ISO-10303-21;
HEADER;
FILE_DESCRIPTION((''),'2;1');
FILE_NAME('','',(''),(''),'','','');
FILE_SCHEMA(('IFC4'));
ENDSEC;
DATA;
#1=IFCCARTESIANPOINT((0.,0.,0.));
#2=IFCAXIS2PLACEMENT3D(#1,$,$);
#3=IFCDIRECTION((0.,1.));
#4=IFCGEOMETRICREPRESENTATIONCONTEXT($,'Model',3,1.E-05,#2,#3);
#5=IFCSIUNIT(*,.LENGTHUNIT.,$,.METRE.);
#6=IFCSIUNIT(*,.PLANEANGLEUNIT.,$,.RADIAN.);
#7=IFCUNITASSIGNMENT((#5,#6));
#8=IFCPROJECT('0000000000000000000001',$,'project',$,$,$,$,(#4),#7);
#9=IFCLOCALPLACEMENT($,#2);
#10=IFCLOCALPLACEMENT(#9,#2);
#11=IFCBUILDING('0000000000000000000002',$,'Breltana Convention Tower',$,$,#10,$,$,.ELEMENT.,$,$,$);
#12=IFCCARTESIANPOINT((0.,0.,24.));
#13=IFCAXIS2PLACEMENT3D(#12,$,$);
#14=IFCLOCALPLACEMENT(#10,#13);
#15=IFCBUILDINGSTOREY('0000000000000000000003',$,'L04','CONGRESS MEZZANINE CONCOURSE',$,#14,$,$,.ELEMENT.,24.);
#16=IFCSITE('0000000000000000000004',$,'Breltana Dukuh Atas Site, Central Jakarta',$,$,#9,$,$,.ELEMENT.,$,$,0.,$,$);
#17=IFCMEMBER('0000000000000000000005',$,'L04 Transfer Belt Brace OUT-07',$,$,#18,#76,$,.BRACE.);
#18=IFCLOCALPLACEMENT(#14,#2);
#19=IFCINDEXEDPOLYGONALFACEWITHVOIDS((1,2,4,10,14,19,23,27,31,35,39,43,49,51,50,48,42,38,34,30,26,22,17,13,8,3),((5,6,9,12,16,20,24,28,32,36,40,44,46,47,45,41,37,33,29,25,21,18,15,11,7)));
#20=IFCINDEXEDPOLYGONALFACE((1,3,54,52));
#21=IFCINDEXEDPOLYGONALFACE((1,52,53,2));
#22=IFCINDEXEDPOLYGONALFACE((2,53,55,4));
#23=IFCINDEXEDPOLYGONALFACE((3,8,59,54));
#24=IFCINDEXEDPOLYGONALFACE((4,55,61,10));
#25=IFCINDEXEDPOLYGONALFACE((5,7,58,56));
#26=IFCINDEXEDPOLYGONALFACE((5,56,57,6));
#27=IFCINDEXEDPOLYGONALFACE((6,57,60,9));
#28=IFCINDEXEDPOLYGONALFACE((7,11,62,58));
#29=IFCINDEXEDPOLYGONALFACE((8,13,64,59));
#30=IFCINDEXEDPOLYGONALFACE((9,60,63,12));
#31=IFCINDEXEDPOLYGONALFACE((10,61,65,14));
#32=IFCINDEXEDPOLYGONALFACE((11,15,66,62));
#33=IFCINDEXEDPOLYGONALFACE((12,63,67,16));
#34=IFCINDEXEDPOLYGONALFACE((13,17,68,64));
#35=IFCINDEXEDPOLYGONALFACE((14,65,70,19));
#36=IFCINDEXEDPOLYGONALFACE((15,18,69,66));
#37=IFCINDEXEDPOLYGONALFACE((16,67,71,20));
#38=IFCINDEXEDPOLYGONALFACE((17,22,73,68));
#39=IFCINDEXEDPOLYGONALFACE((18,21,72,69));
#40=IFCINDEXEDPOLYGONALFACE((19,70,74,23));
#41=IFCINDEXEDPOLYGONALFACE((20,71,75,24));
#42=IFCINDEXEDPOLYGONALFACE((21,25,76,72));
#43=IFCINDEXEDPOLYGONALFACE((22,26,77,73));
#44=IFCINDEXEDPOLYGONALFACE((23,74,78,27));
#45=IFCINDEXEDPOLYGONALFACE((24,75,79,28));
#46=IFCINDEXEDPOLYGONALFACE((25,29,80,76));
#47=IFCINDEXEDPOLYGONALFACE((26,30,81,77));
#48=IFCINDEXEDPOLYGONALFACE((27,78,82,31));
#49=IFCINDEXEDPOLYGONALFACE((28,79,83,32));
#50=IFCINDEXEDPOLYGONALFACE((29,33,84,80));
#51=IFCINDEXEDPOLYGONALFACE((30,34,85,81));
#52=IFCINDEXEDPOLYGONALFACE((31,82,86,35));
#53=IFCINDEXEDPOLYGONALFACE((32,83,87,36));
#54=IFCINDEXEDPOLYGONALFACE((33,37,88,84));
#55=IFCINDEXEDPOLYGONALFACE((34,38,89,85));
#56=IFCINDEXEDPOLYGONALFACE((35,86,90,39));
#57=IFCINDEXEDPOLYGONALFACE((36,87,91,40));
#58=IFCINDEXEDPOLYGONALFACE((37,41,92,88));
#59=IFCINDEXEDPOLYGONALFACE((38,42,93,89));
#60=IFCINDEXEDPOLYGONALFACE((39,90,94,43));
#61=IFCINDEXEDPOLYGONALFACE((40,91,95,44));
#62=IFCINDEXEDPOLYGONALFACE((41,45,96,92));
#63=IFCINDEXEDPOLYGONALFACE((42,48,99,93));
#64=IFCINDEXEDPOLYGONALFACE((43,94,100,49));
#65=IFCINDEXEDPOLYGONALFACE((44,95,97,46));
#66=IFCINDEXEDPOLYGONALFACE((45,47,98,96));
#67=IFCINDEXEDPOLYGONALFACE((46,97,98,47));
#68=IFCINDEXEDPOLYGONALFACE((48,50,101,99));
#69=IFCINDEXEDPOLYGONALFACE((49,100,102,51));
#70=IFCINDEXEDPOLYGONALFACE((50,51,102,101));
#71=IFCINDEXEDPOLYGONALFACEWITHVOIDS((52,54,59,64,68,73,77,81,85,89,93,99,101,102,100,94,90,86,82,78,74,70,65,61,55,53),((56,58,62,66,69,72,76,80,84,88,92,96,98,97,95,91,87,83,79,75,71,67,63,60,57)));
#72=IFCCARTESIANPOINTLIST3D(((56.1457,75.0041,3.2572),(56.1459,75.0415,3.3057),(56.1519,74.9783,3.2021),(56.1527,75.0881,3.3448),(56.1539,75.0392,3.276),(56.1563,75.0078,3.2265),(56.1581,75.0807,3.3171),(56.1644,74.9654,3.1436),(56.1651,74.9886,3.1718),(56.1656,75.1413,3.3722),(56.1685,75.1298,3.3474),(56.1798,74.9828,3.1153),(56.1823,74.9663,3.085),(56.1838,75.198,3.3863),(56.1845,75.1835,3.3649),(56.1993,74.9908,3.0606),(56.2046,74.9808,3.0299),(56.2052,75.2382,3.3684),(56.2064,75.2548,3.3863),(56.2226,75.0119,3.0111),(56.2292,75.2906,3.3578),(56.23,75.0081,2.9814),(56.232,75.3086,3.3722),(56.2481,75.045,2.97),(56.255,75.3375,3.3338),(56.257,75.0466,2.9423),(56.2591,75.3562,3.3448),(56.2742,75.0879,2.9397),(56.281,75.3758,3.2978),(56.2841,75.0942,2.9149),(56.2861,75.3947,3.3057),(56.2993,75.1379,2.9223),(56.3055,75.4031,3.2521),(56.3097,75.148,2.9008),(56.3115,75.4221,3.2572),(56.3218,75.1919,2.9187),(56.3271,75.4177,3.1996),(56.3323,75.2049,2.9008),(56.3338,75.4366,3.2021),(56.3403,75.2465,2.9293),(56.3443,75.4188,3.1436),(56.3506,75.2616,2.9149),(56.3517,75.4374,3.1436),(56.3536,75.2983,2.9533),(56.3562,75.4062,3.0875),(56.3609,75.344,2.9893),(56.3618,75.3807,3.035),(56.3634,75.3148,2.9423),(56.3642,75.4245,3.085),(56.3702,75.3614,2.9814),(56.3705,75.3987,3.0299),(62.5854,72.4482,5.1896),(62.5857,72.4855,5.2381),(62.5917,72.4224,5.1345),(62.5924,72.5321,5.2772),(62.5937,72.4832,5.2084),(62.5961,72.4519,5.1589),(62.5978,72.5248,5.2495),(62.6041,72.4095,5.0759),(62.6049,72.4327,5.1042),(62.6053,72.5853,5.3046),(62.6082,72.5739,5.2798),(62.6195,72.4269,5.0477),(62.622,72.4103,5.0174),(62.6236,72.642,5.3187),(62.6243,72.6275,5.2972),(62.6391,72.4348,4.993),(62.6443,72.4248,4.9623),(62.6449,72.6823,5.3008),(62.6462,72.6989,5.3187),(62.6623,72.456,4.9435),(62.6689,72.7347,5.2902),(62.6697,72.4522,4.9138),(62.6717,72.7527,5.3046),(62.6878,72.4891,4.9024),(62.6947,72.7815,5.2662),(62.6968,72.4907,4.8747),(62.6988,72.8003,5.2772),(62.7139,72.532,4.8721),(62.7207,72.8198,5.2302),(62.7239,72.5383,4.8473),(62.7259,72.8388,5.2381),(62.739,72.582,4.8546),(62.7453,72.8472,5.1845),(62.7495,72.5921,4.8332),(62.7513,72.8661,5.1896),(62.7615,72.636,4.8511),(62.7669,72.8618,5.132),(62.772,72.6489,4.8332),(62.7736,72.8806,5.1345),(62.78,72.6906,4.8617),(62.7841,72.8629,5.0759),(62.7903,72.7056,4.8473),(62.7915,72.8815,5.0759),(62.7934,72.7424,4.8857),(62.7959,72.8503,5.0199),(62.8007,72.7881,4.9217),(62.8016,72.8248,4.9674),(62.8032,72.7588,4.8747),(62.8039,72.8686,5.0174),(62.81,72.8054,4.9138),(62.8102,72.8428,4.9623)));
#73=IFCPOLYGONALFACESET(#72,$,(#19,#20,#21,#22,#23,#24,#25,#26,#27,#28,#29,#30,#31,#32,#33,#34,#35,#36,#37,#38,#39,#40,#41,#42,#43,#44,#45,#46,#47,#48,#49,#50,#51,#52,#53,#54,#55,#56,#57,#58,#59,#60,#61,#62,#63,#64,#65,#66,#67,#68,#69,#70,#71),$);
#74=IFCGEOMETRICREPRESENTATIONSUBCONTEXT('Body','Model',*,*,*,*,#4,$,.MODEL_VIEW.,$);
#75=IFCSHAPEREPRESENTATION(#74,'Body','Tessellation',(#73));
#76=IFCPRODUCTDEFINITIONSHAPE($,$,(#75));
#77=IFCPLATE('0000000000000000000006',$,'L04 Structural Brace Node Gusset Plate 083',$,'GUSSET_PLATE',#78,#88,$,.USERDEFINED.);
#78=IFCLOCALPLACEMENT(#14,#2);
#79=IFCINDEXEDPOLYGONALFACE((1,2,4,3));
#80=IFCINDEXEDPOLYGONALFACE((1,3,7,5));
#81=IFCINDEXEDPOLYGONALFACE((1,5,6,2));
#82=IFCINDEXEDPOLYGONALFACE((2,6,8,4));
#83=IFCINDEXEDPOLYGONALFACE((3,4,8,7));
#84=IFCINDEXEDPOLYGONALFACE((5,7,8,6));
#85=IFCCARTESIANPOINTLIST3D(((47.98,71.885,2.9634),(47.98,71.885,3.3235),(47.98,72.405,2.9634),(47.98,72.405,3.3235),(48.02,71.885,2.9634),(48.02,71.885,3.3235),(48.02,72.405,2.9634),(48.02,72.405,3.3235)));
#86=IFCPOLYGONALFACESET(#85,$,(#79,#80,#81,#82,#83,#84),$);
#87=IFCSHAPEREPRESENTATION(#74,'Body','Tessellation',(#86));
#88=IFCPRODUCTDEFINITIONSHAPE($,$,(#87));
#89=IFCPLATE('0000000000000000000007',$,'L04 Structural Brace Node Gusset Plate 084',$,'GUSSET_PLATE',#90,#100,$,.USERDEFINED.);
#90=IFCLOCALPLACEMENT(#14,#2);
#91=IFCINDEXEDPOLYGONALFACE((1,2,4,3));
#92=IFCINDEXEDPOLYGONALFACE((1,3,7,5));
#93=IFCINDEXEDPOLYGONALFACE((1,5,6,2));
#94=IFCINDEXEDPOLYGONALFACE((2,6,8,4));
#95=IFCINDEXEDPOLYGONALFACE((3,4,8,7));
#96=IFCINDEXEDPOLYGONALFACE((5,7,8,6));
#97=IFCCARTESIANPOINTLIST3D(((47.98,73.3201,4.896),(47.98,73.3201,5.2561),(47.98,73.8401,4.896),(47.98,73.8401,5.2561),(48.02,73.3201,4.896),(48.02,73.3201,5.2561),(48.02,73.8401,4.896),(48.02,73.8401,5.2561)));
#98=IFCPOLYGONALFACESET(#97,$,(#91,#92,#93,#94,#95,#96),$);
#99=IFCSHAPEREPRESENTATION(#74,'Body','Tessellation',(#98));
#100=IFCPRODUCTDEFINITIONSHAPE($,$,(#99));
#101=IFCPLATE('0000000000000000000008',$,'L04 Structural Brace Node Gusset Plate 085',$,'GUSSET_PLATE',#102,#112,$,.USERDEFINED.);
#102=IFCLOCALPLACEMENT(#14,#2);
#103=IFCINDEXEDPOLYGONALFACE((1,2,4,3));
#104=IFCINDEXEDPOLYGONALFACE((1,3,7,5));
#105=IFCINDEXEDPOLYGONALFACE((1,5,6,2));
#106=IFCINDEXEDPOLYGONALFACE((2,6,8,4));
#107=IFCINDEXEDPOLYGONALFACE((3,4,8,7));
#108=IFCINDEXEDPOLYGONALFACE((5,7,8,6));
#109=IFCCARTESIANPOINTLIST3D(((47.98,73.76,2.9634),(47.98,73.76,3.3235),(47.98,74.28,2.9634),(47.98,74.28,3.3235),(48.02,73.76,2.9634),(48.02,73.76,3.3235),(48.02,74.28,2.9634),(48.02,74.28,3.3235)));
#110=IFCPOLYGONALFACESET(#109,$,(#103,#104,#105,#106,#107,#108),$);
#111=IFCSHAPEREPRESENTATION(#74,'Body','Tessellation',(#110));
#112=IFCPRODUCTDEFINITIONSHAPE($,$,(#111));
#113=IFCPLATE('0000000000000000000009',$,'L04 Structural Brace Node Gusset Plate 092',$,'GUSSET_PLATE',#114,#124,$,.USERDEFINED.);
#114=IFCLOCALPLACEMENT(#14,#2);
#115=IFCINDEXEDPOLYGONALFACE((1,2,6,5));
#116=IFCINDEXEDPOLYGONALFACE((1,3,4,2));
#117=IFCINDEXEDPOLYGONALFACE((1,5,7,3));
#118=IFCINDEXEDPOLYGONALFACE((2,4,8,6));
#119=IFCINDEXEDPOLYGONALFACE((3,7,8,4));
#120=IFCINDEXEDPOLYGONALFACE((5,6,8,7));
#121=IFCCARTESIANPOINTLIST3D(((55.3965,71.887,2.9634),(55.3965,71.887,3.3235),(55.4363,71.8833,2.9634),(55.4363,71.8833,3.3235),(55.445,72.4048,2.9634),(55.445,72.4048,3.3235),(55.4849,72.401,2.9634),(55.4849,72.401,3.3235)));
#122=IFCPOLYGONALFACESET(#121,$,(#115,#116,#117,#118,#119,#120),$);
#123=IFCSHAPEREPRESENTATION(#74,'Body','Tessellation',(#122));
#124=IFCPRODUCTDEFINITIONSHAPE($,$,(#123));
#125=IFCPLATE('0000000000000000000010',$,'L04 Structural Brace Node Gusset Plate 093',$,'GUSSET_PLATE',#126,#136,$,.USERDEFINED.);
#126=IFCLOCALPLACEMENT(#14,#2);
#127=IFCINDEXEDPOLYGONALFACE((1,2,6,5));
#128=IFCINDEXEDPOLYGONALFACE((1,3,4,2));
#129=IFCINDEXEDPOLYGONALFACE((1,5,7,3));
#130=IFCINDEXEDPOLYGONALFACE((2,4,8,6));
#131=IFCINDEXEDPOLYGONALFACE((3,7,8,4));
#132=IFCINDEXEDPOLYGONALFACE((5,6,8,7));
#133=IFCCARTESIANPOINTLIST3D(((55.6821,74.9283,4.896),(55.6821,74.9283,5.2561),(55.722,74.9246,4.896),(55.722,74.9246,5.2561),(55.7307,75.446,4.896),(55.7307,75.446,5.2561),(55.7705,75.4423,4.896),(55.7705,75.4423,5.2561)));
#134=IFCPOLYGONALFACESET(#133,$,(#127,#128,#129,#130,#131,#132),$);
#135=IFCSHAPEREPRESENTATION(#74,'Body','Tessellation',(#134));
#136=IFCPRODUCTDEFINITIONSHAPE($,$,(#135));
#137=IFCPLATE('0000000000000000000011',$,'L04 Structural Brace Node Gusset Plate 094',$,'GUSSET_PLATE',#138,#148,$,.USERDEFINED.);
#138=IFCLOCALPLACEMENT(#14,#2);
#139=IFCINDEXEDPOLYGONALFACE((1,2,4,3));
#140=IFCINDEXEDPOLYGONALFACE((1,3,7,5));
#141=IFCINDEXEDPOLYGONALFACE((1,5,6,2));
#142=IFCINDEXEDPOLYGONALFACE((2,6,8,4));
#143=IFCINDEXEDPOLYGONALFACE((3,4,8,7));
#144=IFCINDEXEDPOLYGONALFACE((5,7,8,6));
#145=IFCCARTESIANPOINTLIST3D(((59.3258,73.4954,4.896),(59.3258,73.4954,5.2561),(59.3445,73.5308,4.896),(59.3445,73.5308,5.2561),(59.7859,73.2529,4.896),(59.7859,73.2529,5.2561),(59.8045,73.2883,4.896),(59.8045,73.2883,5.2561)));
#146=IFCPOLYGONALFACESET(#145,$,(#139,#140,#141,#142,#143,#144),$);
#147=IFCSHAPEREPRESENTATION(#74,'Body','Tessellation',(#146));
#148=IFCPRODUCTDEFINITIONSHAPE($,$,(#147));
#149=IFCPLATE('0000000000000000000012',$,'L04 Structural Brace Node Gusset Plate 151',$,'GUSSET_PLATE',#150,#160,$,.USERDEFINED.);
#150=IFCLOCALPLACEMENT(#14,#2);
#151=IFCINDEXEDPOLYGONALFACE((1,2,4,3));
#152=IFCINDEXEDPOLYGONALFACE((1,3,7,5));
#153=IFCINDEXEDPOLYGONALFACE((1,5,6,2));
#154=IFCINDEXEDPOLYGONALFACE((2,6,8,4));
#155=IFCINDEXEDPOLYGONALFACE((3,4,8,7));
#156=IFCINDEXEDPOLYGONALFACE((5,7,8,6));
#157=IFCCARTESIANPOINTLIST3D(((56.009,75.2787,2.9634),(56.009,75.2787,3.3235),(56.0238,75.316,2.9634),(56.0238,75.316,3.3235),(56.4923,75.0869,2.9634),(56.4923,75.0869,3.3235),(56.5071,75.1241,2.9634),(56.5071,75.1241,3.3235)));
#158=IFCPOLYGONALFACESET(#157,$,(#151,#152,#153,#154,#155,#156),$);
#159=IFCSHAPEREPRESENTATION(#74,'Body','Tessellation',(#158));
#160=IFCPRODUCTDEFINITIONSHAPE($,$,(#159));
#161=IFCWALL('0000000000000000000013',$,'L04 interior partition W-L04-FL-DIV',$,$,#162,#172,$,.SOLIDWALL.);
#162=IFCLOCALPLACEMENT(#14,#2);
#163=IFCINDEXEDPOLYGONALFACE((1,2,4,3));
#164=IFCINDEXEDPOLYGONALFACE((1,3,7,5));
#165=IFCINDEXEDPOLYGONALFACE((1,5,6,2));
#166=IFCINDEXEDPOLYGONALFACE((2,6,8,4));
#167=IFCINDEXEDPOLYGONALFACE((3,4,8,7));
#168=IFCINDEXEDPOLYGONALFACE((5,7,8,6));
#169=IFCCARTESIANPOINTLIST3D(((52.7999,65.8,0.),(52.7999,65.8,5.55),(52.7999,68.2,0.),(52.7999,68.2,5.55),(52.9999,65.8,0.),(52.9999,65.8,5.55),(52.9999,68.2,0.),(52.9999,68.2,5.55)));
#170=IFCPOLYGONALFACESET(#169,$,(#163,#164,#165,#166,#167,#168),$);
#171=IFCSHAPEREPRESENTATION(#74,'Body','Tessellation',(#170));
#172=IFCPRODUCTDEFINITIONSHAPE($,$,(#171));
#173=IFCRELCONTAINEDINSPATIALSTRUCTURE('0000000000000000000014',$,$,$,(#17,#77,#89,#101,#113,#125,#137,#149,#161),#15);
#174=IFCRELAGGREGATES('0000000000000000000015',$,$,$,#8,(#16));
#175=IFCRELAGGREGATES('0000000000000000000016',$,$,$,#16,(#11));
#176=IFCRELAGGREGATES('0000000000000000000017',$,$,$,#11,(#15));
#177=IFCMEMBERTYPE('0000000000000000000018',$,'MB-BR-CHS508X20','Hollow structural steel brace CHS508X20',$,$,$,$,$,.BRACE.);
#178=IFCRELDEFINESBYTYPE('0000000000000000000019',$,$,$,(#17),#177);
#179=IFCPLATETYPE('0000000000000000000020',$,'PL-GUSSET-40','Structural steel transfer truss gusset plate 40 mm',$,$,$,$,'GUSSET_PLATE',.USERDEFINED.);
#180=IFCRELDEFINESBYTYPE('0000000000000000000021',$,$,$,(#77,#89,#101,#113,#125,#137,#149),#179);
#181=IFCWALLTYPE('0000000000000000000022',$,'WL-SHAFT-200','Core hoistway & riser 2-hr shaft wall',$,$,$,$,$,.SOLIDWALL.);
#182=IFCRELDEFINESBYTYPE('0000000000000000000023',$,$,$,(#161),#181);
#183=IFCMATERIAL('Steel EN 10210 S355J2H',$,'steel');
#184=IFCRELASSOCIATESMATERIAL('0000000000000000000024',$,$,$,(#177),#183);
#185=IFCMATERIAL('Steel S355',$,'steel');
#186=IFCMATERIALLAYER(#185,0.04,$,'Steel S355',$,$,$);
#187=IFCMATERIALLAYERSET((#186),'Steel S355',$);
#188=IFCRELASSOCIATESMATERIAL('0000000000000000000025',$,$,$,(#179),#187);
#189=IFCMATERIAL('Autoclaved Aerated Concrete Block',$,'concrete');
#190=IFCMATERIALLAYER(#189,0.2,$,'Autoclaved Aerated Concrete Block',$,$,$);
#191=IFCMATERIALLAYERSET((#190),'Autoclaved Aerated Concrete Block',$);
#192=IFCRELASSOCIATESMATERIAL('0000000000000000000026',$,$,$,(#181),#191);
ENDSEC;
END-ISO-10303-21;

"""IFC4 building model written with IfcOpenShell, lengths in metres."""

from ifc_helpers import new_model, si_unit, direction, frame, frame_2d, origin, origin_2d, place, context, subcontext, project, spatial, rectangle, hollow_circle, extrude, source, transform, mapped, material, layer, layer_set, material_profile, profile_set, type_object, element, save


model = new_model("IFC4")

# Units and contexts
model_context = context("Model", 3, precision=1e-05, world=origin(), true_north=direction((0.0, 1.0)))
body_context = subcontext(model_context, "Body", "Model", "MODEL_VIEW")
ifc_project = project(units=[si_unit("LENGTHUNIT", "METRE"), si_unit("PLANEANGLEUNIT", "RADIAN")], contexts=[model_context])

# Site, building, storey
site_placement = place(None, origin())
site = spatial("IfcSite", under=ifc_project, at=site_placement, Name="Breltana Dukuh Atas Site, Central Jakarta", CompositionType="ELEMENT", RefElevation=0.0)
building_placement = place(site_placement, origin())
building = spatial("IfcBuilding", under=site, at=building_placement, Name="Breltana Convention Tower", CompositionType="ELEMENT")
storey_placement = place(building_placement, frame((0.0, 0.0, 24.0)))
storey = spatial("IfcBuildingStorey", under=building, at=storey_placement, Name="L04", Description="CONGRESS MEZZANINE CONCOURSE", CompositionType="ELEMENT", Elevation=24.0)

# Member
ifc_material_1 = material(Name="Steel EN 10210 S355J2H", Category="steel")
ifc_material_profile_1 = material_profile(ifc_material_1, hollow_circle(Radius=0.2539, WallThickness=0.02, at=origin_2d()), Name="CHS508X20")
ifc_profile_set_1 = profile_set([ifc_material_profile_1], Name="Steel EN 10210 S355J2H")
member_type_1 = type_object("IfcMemberType", Name="MB-BR-CHS508X20", Description="Hollow structural steel brace CHS508X20", PredefinedType="BRACE", material=ifc_profile_set_1)
shared_shape_1 = source(origin(), body_context, "Body", "SweptSolid", [
    extrude(hollow_circle(Radius=0.2539, WallThickness=0.02, at=origin_2d()), origin(), (0.0, 0.0, 1.0), 7.1929),
])
member_1_placement = place(storey_placement, frame((56.2581, 75.2014, 3.1436), z_axis=(0.895297, -0.355342, 0.268654), x_axis=(0.368904, 0.929467, 0.0)))
element("IfcMember", 1, at=member_1_placement, inside=storey, type_object=member_type_1, Name="L04 Transfer Belt Brace OUT-07", PredefinedType="BRACE", context=body_context, shape_type="MappedRepresentation", body=[
    mapped(shared_shape_1, transform((0.0, 0.0, 0.0), scale=1.0)),
])

# Plates
ifc_material_2 = material(Name="Steel S355", Category="steel")
ifc_layer_1 = layer(ifc_material_2, 0.04, Name="Steel S355")
ifc_layer_set_1 = layer_set([ifc_layer_1], Name="Steel S355")
plate_type = type_object("IfcPlateType", Name="PL-GUSSET-40", Description="Structural steel transfer truss gusset plate 40 mm", ElementType="GUSSET_PLATE", PredefinedType="USERDEFINED", material=ifc_layer_set_1)
shared_shape_2 = source(origin(), body_context, "Body", "SweptSolid", [
    extrude(rectangle(XDim=0.52, YDim=0.04, at=origin_2d()), origin(), (0.0, 0.0, 1.0), 0.3601),
])
for number, where, z_axis, x_axis, name in (
    (2, (48.0, 72.145, 2.9634), (0.0, 0.0, 1.0), (0.0, 1.0, 0.0), "L04 Structural Brace Node Gusset Plate 083"),
    (3, (48.0, 73.5801, 4.896), (0.0, 0.0, 1.0), (0.0, 1.0, 0.0), "L04 Structural Brace Node Gusset Plate 084"),
    (4, (48.0, 74.02, 2.9634), (0.0, 0.0, 1.0), (0.0, 1.0, 0.0), "L04 Structural Brace Node Gusset Plate 085"),
    (5, (55.4407, 72.144, 2.9634), (0.0, 0.0, 1.0), (0.093413, 0.995627, 0.0), "L04 Structural Brace Node Gusset Plate 092"),
    (6, (55.7263, 75.1853, 4.896), (0.0, 0.0, 1.0), (0.093413, 0.995627, 0.0), "L04 Structural Brace Node Gusset Plate 093"),
    (7, (59.5652, 73.3918, 4.896), (0.0, 0.0, 1.0), (0.884662, -0.466232, 0.0), "L04 Structural Brace Node Gusset Plate 094"),
    (8, (56.2581, 75.2014, 2.9634), (0.0, 0.0, 1.0), (0.929455, -0.368936, 0.0), "L04 Structural Brace Node Gusset Plate 151"),
):
    element("IfcPlate", number, at=place(storey_placement, frame(where, z_axis=z_axis, x_axis=x_axis)), inside=storey, type_object=plate_type, Name=name, ObjectType="GUSSET_PLATE", PredefinedType="USERDEFINED", context=body_context, shape_type="MappedRepresentation", body=[
        mapped(shared_shape_2, transform((0.0, 0.0, 0.0), scale=1.0)),
    ])

# Shared definitions
ifc_material_3 = material(Name="Autoclaved Aerated Concrete Block", Category="concrete")
ifc_layer_2 = layer(ifc_material_3, 0.2, Name="Autoclaved Aerated Concrete Block")
ifc_layer_set_2 = layer_set([ifc_layer_2], Name="Autoclaved Aerated Concrete Block")
wall_type = type_object("IfcWallType", Name="WL-SHAFT-200", Description="Core hoistway & riser 2-hr shaft wall", PredefinedType="SOLIDWALL", material=ifc_layer_set_2)

# Wall
shared_shape_3 = source(origin(), body_context, "Body", "SweptSolid", [
    extrude(rectangle(XDim=2.3999, YDim=0.2, at=frame_2d((1.2, 0.0))), origin(), (0.0, 0.0, 1.0), 5.55),
])
wall_1_placement = place(storey_placement, frame((52.8999, 65.8, 0.0), z_axis=(0.0, 0.0, 1.0), x_axis=(0.0, 1.0, 0.0)))
element("IfcWall", 9, at=wall_1_placement, inside=storey, type_object=wall_type, Name="L04 interior partition W-L04-FL-DIV", PredefinedType="SOLIDWALL", context=body_context, shape_type="MappedRepresentation", body=[
    mapped(shared_shape_3, transform((0.0, 0.0, 0.0), scale=1.0)),
])

save(model, "model.ifc")
